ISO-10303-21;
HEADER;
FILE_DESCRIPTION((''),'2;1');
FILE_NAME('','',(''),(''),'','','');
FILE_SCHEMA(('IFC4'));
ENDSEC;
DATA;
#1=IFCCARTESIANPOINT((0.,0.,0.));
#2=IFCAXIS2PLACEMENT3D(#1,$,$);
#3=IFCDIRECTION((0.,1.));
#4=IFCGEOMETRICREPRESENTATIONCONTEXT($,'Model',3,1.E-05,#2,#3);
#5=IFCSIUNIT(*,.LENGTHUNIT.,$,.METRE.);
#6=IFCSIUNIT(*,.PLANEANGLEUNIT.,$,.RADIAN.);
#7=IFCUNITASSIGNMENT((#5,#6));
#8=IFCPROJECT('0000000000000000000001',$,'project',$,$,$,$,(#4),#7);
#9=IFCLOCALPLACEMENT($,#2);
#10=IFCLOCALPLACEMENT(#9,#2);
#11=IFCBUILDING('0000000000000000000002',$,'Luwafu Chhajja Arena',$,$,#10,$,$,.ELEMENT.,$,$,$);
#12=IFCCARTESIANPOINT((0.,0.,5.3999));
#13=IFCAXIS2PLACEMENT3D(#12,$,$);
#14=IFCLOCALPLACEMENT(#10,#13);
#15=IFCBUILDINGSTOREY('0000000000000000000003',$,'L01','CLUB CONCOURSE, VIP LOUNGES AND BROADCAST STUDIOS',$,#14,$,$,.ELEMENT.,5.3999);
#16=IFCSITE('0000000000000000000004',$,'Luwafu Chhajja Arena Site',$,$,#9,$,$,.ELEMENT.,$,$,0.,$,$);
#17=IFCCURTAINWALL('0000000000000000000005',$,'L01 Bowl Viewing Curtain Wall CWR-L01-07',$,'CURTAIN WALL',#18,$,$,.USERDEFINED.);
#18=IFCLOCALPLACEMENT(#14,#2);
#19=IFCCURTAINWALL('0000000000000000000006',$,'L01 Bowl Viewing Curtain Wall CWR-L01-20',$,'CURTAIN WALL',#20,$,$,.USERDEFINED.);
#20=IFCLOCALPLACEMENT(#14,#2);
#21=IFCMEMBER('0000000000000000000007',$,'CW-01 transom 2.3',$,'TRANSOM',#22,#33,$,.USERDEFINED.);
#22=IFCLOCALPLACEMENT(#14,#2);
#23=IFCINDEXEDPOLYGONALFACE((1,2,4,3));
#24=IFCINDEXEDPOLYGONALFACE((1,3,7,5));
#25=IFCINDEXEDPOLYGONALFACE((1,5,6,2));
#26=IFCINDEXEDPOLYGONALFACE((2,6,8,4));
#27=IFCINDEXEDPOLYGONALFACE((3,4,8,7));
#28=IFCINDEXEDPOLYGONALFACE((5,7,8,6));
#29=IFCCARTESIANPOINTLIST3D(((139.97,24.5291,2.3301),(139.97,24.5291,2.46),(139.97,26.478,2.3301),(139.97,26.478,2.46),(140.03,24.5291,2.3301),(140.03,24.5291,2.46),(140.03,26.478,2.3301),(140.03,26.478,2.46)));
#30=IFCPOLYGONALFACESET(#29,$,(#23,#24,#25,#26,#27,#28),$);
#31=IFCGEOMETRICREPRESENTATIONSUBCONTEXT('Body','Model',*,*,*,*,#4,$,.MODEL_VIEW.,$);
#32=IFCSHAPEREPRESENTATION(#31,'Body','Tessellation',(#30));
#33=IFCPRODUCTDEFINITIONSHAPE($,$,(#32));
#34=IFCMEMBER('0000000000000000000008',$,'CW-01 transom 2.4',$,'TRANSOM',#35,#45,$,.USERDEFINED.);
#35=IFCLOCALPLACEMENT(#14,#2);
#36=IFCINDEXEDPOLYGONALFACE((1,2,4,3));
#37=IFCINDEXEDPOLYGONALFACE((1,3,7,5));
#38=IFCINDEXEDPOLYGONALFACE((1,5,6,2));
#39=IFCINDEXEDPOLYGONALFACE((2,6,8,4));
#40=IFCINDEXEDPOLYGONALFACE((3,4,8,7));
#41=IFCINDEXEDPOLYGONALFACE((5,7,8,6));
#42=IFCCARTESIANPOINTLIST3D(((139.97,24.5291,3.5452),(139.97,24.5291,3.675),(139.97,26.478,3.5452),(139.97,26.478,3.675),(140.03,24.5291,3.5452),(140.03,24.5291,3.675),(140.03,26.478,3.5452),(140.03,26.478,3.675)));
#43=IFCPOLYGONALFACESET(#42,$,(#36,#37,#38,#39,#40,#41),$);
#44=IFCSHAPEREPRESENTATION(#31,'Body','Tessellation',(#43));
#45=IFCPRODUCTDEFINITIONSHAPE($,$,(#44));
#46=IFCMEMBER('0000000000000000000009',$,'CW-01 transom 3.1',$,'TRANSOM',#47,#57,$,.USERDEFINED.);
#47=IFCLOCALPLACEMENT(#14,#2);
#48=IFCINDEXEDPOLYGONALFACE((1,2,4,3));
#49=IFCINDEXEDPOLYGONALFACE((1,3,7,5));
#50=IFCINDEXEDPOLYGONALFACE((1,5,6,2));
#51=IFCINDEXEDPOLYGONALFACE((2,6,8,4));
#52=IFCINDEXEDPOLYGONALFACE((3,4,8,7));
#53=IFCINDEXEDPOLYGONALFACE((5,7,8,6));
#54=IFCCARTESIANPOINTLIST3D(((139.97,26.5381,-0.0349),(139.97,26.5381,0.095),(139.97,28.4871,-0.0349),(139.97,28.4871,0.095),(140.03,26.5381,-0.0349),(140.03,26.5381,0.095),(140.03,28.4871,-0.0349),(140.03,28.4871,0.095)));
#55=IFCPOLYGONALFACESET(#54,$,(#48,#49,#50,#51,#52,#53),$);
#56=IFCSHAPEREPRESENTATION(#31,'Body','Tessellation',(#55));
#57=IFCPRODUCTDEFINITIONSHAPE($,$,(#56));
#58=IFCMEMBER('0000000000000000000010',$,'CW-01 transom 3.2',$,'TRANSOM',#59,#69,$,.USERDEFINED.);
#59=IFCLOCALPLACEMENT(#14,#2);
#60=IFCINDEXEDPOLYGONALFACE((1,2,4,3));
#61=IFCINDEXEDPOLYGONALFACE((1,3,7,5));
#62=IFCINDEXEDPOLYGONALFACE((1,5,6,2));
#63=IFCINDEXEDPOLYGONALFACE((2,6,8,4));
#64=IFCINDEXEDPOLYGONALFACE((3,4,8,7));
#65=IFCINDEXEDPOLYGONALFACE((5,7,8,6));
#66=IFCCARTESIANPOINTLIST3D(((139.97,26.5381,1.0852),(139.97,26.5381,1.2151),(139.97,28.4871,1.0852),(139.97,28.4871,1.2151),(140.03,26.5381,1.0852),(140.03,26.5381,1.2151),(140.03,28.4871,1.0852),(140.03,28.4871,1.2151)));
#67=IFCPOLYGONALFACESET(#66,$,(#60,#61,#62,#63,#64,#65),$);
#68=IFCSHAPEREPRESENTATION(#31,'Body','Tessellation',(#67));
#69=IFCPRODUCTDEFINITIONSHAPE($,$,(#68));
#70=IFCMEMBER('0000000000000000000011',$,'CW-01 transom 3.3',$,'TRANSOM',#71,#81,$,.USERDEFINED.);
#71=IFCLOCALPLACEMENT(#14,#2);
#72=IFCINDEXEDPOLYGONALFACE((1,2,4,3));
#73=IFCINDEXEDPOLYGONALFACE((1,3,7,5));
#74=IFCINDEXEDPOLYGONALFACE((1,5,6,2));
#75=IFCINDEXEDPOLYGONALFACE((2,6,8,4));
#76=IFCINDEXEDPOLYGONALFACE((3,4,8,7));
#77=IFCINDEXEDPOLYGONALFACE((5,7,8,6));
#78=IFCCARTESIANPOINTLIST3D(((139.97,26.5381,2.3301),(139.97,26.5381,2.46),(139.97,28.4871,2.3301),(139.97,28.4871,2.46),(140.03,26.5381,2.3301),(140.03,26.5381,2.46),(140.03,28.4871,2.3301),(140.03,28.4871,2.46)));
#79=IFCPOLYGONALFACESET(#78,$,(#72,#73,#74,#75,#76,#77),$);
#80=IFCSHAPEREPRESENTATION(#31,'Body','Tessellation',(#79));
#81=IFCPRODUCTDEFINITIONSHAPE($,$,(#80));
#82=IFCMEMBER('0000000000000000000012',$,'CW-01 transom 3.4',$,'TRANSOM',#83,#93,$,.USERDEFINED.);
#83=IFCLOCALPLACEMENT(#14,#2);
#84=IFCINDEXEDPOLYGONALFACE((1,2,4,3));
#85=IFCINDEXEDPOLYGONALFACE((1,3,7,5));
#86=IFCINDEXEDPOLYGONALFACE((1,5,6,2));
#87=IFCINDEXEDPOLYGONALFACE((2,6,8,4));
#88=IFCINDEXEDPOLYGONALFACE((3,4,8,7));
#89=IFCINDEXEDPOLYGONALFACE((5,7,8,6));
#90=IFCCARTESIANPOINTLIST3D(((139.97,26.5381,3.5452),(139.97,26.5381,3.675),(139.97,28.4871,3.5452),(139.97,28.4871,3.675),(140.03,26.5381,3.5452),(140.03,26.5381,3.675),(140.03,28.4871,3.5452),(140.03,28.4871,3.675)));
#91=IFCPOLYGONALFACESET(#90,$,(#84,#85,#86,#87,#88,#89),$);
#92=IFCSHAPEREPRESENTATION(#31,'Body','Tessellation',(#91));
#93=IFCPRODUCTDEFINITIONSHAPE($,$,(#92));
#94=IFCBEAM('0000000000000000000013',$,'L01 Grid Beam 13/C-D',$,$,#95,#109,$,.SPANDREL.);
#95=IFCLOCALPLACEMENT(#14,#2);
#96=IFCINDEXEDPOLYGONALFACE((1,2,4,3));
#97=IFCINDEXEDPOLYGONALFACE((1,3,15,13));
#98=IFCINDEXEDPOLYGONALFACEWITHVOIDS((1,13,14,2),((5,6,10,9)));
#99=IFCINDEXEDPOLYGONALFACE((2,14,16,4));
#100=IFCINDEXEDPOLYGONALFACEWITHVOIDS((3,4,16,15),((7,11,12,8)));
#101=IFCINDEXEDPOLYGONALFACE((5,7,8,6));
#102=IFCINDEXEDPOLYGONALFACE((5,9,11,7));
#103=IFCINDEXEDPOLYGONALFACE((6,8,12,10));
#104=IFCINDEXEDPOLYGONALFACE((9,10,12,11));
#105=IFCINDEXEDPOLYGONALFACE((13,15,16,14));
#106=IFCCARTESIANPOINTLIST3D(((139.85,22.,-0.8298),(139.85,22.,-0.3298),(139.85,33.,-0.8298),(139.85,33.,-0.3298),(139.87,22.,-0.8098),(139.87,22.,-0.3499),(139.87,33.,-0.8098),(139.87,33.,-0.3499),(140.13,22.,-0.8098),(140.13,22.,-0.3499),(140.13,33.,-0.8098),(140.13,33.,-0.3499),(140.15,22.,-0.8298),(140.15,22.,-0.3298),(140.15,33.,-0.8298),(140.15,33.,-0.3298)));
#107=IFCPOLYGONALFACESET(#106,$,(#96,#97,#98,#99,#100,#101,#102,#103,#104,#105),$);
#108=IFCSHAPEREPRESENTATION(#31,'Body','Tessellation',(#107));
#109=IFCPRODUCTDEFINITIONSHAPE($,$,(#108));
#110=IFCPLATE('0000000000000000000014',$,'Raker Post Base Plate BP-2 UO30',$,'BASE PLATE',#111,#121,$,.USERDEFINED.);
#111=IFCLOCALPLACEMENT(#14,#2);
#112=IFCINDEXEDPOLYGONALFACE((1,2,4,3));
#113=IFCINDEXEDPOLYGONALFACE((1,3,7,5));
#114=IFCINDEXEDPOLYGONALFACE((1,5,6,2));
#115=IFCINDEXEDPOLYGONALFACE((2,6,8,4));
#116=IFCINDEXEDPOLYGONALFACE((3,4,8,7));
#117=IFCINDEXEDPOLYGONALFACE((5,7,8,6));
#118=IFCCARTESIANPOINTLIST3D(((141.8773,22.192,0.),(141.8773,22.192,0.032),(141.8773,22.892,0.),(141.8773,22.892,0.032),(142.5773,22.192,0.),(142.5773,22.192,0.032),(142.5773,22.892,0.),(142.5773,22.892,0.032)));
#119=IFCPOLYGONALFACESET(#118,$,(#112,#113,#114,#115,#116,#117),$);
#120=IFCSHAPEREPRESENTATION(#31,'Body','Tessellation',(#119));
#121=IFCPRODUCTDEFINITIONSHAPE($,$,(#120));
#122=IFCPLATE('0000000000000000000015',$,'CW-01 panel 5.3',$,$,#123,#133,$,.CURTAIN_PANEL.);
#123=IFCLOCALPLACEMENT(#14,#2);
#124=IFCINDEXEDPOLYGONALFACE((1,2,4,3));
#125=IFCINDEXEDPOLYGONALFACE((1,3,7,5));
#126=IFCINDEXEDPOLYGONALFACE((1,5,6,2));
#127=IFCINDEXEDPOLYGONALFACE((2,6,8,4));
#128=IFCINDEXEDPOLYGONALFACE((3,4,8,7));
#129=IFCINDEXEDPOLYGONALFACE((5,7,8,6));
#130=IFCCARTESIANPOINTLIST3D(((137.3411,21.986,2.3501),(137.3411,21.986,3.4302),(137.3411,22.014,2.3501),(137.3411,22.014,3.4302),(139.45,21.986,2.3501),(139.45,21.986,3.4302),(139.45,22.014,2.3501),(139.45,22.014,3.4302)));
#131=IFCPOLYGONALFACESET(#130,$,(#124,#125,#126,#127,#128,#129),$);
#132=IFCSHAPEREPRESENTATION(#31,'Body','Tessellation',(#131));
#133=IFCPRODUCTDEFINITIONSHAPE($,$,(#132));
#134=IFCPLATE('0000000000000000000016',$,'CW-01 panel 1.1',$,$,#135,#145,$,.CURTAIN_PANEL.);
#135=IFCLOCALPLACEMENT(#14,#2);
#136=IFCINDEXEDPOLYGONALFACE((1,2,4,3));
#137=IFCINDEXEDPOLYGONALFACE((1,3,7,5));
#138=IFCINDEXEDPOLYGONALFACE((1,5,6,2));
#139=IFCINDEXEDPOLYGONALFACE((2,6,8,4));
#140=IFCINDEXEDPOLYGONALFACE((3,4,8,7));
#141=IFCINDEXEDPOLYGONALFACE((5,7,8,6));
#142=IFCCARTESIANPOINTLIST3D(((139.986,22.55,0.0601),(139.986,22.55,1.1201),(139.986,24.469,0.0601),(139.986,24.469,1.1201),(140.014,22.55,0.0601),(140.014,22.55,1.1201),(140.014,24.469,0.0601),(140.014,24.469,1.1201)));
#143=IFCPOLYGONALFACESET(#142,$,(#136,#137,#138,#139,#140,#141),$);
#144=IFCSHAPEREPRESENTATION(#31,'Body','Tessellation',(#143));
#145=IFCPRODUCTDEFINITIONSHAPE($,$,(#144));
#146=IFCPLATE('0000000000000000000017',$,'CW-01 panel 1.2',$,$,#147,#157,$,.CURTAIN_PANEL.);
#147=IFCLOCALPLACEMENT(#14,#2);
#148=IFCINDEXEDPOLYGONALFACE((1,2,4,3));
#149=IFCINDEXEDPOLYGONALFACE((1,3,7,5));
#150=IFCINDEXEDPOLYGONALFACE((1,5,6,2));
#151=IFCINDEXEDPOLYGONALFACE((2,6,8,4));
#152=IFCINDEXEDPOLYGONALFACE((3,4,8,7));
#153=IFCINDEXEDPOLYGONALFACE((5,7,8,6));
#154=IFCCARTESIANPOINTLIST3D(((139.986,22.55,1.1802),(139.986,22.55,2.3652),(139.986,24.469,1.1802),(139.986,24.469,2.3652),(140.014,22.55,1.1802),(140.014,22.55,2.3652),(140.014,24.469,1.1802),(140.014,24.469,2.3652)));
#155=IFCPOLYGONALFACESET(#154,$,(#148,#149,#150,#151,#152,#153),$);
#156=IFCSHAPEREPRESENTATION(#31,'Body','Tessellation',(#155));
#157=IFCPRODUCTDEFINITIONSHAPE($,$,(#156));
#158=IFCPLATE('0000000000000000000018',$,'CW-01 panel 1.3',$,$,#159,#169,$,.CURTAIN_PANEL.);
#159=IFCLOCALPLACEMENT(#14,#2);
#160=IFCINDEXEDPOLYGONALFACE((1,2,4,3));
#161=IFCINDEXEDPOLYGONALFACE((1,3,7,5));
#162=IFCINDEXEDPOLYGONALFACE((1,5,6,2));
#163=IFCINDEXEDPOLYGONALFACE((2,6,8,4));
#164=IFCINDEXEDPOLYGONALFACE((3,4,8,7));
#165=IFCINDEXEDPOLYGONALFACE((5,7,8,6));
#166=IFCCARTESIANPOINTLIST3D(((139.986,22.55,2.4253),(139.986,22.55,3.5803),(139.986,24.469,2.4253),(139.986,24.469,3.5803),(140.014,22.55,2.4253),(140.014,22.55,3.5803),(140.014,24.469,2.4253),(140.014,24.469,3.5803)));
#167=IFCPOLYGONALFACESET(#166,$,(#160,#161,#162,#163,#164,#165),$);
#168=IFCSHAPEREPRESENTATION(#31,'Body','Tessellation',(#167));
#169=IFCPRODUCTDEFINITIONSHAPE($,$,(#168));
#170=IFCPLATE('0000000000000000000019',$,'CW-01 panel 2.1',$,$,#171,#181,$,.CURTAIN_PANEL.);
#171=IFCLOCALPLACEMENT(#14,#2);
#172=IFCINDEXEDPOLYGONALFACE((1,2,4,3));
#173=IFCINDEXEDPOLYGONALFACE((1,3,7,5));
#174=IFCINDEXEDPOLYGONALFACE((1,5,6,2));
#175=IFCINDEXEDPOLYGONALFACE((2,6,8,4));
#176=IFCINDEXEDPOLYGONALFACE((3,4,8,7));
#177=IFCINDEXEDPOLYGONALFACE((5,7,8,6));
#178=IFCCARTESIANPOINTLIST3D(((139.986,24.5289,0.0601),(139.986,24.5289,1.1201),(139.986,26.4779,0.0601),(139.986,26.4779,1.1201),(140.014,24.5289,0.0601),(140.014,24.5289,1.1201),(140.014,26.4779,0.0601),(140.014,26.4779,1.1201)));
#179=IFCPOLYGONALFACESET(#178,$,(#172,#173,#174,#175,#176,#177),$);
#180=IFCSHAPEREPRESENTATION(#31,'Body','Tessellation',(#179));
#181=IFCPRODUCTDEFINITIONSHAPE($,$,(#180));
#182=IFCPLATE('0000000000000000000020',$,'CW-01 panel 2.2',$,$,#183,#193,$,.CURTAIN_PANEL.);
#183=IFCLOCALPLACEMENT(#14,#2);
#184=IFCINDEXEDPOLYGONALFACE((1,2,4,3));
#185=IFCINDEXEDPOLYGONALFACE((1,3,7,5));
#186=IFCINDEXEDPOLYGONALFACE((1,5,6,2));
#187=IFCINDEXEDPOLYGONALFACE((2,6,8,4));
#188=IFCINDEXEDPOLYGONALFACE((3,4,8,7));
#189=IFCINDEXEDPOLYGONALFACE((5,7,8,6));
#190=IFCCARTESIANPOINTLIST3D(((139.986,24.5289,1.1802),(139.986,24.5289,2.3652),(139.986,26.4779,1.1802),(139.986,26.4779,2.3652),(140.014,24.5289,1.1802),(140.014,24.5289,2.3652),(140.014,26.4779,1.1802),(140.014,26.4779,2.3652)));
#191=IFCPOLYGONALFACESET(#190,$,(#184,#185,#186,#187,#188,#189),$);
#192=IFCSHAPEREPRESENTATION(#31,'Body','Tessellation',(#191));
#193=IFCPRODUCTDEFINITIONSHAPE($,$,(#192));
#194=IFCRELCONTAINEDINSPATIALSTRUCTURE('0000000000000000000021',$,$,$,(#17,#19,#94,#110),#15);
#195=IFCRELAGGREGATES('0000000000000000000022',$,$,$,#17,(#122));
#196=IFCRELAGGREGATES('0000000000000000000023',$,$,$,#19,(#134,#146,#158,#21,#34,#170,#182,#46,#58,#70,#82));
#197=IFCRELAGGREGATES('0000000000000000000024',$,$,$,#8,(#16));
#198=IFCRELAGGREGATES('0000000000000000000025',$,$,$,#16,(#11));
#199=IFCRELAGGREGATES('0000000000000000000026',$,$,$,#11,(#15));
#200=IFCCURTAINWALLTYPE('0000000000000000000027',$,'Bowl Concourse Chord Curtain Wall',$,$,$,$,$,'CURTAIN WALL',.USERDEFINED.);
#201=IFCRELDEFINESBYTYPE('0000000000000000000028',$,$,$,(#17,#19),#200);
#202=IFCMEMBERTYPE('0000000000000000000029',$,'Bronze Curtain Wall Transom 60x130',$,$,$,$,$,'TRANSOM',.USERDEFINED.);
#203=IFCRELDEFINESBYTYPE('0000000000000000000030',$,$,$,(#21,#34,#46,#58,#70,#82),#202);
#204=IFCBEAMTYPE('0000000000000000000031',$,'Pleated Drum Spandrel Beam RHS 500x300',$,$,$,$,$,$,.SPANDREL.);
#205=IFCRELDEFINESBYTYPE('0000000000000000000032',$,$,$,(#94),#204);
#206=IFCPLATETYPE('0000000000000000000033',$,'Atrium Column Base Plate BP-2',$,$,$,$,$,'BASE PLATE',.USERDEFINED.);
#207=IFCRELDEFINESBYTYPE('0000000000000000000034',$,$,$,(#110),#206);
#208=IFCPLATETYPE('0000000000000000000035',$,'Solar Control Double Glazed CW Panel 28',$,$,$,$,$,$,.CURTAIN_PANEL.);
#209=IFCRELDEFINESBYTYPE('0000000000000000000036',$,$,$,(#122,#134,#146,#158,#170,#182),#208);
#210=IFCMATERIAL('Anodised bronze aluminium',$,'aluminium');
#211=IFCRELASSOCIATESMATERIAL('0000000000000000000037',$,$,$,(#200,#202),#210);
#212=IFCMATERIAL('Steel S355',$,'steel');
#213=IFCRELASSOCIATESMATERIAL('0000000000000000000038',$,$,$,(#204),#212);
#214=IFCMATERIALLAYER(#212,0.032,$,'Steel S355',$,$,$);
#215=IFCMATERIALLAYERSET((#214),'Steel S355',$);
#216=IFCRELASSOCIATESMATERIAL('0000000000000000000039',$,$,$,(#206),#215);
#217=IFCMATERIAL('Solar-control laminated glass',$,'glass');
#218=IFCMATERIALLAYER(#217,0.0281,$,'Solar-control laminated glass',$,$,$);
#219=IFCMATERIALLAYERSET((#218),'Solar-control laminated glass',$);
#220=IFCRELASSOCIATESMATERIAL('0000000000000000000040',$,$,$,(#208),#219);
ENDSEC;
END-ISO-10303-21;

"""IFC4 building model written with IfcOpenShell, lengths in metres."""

from ifc_helpers import new_model, si_unit, direction, frame, origin, origin_2d, place, context, subcontext, project, spatial, rectangle, hollow_rectangle, extrude, material, layer, layer_set, material_profile, profile_set, type_object, element, aggregate, save


model = new_model("IFC4")

# Units and contexts
model_context = context("Model", 3, precision=1e-05, world=origin(), true_north=direction((0.0, 1.0)))
body_context = subcontext(model_context, "Body", "Model", "MODEL_VIEW")
ifc_project = project(units=[si_unit("LENGTHUNIT", "METRE"), si_unit("PLANEANGLEUNIT", "RADIAN")], contexts=[model_context])

# Site, building, storey
site_placement = place(None, origin())
site = spatial("IfcSite", under=ifc_project, at=site_placement, Name="Luwafu Chhajja Arena Site", CompositionType="ELEMENT", RefElevation=0.0)
building_placement = place(site_placement, origin())
building = spatial("IfcBuilding", under=site, at=building_placement, Name="Luwafu Chhajja Arena", CompositionType="ELEMENT")
storey_placement = place(building_placement, frame((0.0, 0.0, 5.3999)))
storey = spatial("IfcBuildingStorey", under=building, at=storey_placement, Name="L01", Description="CLUB CONCOURSE, VIP LOUNGES AND BROADCAST STUDIOS", CompositionType="ELEMENT", Elevation=5.3999)

# Shared definitions
ifc_material_1 = material(Name="Steel S355", Category="steel")

# Curtain wall
ifc_material_2 = material(Name="Anodised bronze aluminium", Category="aluminium")
curtain_wall_type = type_object("IfcCurtainWallType", Name="Bowl Concourse Chord Curtain Wall", ElementType="CURTAIN WALL", PredefinedType="USERDEFINED", material=ifc_material_2)
curtain_wall_1_placement = place(storey_placement, origin())
curtain_wall_1 = element("IfcCurtainWall", 1, at=curtain_wall_1_placement, inside=storey, type_object=curtain_wall_type, Name="L01 Bowl Viewing Curtain Wall CWR-L01-07", ObjectType="CURTAIN WALL", PredefinedType="USERDEFINED")

# Curtain wall, members
curtain_wall_2_placement = place(storey_placement, origin())
curtain_wall_2 = element("IfcCurtainWall", 2, at=curtain_wall_2_placement, inside=storey, type_object=curtain_wall_type, Name="L01 Bowl Viewing Curtain Wall CWR-L01-20", ObjectType="CURTAIN WALL", PredefinedType="USERDEFINED")
ifc_material_profile_1 = material_profile(ifc_material_2, rectangle(XDim=0.0601, YDim=0.1299, at=origin_2d()), Name="CWT 60x130")
ifc_profile_set_1 = profile_set([ifc_material_profile_1], Name="Anodised bronze aluminium")
member_type_1 = type_object("IfcMemberType", Name="Bronze Curtain Wall Transom 60x130", ElementType="TRANSOM", PredefinedType="USERDEFINED", material=ifc_profile_set_1)
member_1_placement = place(storey_placement, frame((140.0, 24.5291, 2.395), z_axis=(0.0, 1.0, 0.0), x_axis=(-1.0, 0.0, 0.0)))
member_1 = element("IfcMember", 3, at=member_1_placement, type_object=member_type_1, Name="CW-01 transom 2.3", ObjectType="TRANSOM", PredefinedType="USERDEFINED", context=body_context, shape_type="SweptSolid", body=[
    extrude(rectangle(XDim=0.0601, YDim=0.1299, at=origin_2d()), origin(), (0.0, 0.0, 1.0), 1.949),
])
member_2_placement = place(storey_placement, frame((140.0, 24.5291, 3.6101), z_axis=(0.0, 1.0, 0.0), x_axis=(-1.0, 0.0, 0.0)))
member_2 = element("IfcMember", 4, at=member_2_placement, type_object=member_type_1, Name="CW-01 transom 2.4", ObjectType="TRANSOM", PredefinedType="USERDEFINED", context=body_context, shape_type="SweptSolid", body=[
    extrude(rectangle(XDim=0.0601, YDim=0.1299, at=origin_2d()), origin(), (0.0, 0.0, 1.0), 1.949),
])
member_3_placement = place(storey_placement, frame((140.0, 26.5381, 0.03), z_axis=(0.0, 1.0, 0.0), x_axis=(-1.0, 0.0, 0.0)))
member_3 = element("IfcMember", 5, at=member_3_placement, type_object=member_type_1, Name="CW-01 transom 3.1", ObjectType="TRANSOM", PredefinedType="USERDEFINED", context=body_context, shape_type="SweptSolid", body=[
    extrude(rectangle(XDim=0.0601, YDim=0.1299, at=origin_2d()), origin(), (0.0, 0.0, 1.0), 1.949),
])
member_4_placement = place(storey_placement, frame((140.0, 26.5381, 1.1501), z_axis=(0.0, 1.0, 0.0), x_axis=(-1.0, 0.0, 0.0)))
member_4 = element("IfcMember", 6, at=member_4_placement, type_object=member_type_1, Name="CW-01 transom 3.2", ObjectType="TRANSOM", PredefinedType="USERDEFINED", context=body_context, shape_type="SweptSolid", body=[
    extrude(rectangle(XDim=0.0601, YDim=0.1299, at=origin_2d()), origin(), (0.0, 0.0, 1.0), 1.949),
])
member_5_placement = place(storey_placement, frame((140.0, 26.5381, 2.395), z_axis=(0.0, 1.0, 0.0), x_axis=(-1.0, 0.0, 0.0)))
member_5 = element("IfcMember", 7, at=member_5_placement, type_object=member_type_1, Name="CW-01 transom 3.3", ObjectType="TRANSOM", PredefinedType="USERDEFINED", context=body_context, shape_type="SweptSolid", body=[
    extrude(rectangle(XDim=0.0601, YDim=0.1299, at=origin_2d()), origin(), (0.0, 0.0, 1.0), 1.949),
])
member_6_placement = place(storey_placement, frame((140.0, 26.5381, 3.6101), z_axis=(0.0, 1.0, 0.0), x_axis=(-1.0, 0.0, 0.0)))
member_6 = element("IfcMember", 8, at=member_6_placement, type_object=member_type_1, Name="CW-01 transom 3.4", ObjectType="TRANSOM", PredefinedType="USERDEFINED", context=body_context, shape_type="SweptSolid", body=[
    extrude(rectangle(XDim=0.0601, YDim=0.1299, at=origin_2d()), origin(), (0.0, 0.0, 1.0), 1.949),
])

# Beam
ifc_material_profile_2 = material_profile(ifc_material_1, hollow_rectangle(XDim=0.3, YDim=0.5, WallThickness=0.02, at=origin_2d()), Name="RHS 500x300x20")
ifc_profile_set_2 = profile_set([ifc_material_profile_2], Name="Steel S355")
beam_type_1 = type_object("IfcBeamType", Name="Pleated Drum Spandrel Beam RHS 500x300", PredefinedType="SPANDREL", material=ifc_profile_set_2)
beam_1_placement = place(storey_placement, frame((140.0, 22.0, -0.5798), z_axis=(0.0, 1.0, 0.0), x_axis=(-1.0, 0.0, 0.0)))
element("IfcBeam", 9, at=beam_1_placement, inside=storey, type_object=beam_type_1, Name="L01 Grid Beam 13/C-D", PredefinedType="SPANDREL", context=body_context, shape_type="SweptSolid", body=[
    extrude(hollow_rectangle(XDim=0.3, YDim=0.5, WallThickness=0.02, at=origin_2d()), origin(), (0.0, 0.0, 1.0), 11.0),
])

# Plates
ifc_layer_1 = layer(ifc_material_1, 0.032, Name="Steel S355")
ifc_layer_set_1 = layer_set([ifc_layer_1], Name="Steel S355")
plate_type_1 = type_object("IfcPlateType", Name="Atrium Column Base Plate BP-2", ElementType="BASE PLATE", PredefinedType="USERDEFINED", material=ifc_layer_set_1)
plate_1_placement = place(storey_placement, frame((142.2273, 22.542, 0.0), z_axis=(0.0, 0.0, 1.0), x_axis=(1.0, 0.0, 0.0)))
element("IfcPlate", 10, at=plate_1_placement, inside=storey, type_object=plate_type_1, Name="Raker Post Base Plate BP-2 UO30", ObjectType="BASE PLATE", PredefinedType="USERDEFINED", context=body_context, shape_type="SweptSolid", body=[
    extrude(rectangle(XDim=0.7, YDim=0.7, at=origin_2d()), origin(), (0.0, 0.0, 1.0), 0.032),
])
ifc_material_3 = material(Name="Solar-control laminated glass", Category="glass")
ifc_layer_2 = layer(ifc_material_3, 0.0281, Name="Solar-control laminated glass")
ifc_layer_set_2 = layer_set([ifc_layer_2], Name="Solar-control laminated glass")
plate_type_2 = type_object("IfcPlateType", Name="Solar Control Double Glazed CW Panel 28", PredefinedType="CURTAIN_PANEL", material=ifc_layer_set_2)
plate_2_placement = place(storey_placement, frame((138.3955, 22.0, 2.3501), z_axis=(0.0, 0.0, 1.0), x_axis=(1.0, 0.0, 0.0)))
plate_2 = element("IfcPlate", 11, at=plate_2_placement, type_object=plate_type_2, Name="CW-01 panel 5.3", PredefinedType="CURTAIN_PANEL", context=body_context, shape_type="SweptSolid", body=[
    extrude(rectangle(XDim=2.1089, YDim=0.0281, at=origin_2d()), origin(), (0.0, 0.0, 1.0), 1.0801),
])
aggregate(curtain_wall_1, [plate_2])
plate_3_placement = place(storey_placement, frame((140.0, 23.5095, 0.0601), z_axis=(0.0, 0.0, 1.0), x_axis=(0.0, 1.0, 0.0)))
plate_3 = element("IfcPlate", 12, at=plate_3_placement, type_object=plate_type_2, Name="CW-01 panel 1.1", PredefinedType="CURTAIN_PANEL", context=body_context, shape_type="SweptSolid", body=[
    extrude(rectangle(XDim=1.9189, YDim=0.0281, at=origin_2d()), origin(), (0.0, 0.0, 1.0), 1.0601),
])
plate_4_placement = place(storey_placement, frame((140.0, 23.5095, 1.1802), z_axis=(0.0, 0.0, 1.0), x_axis=(0.0, 1.0, 0.0)))
plate_4 = element("IfcPlate", 13, at=plate_4_placement, type_object=plate_type_2, Name="CW-01 panel 1.2", PredefinedType="CURTAIN_PANEL", context=body_context, shape_type="SweptSolid", body=[
    extrude(rectangle(XDim=1.9189, YDim=0.0281, at=origin_2d()), origin(), (0.0, 0.0, 1.0), 1.1851),
])
plate_5_placement = place(storey_placement, frame((140.0, 23.5095, 2.4253), z_axis=(0.0, 0.0, 1.0), x_axis=(0.0, 1.0, 0.0)))
plate_5 = element("IfcPlate", 14, at=plate_5_placement, type_object=plate_type_2, Name="CW-01 panel 1.3", PredefinedType="CURTAIN_PANEL", context=body_context, shape_type="SweptSolid", body=[
    extrude(rectangle(XDim=1.9189, YDim=0.0281, at=origin_2d()), origin(), (0.0, 0.0, 1.0), 1.155),
])
plate_6_placement = place(storey_placement, frame((140.0, 25.5034, 0.0601), z_axis=(0.0, 0.0, 1.0), x_axis=(0.0, 1.0, 0.0)))
plate_6 = element("IfcPlate", 15, at=plate_6_placement, type_object=plate_type_2, Name="CW-01 panel 2.1", PredefinedType="CURTAIN_PANEL", context=body_context, shape_type="SweptSolid", body=[
    extrude(rectangle(XDim=1.949, YDim=0.0281, at=origin_2d()), origin(), (0.0, 0.0, 1.0), 1.0601),
])
plate_7_placement = place(storey_placement, frame((140.0, 25.5034, 1.1802), z_axis=(0.0, 0.0, 1.0), x_axis=(0.0, 1.0, 0.0)))
plate_7 = element("IfcPlate", 16, at=plate_7_placement, type_object=plate_type_2, Name="CW-01 panel 2.2", PredefinedType="CURTAIN_PANEL", context=body_context, shape_type="SweptSolid", body=[
    extrude(rectangle(XDim=1.949, YDim=0.0281, at=origin_2d()), origin(), (0.0, 0.0, 1.0), 1.1851),
])
aggregate(curtain_wall_2, [plate_3, plate_4, plate_5, member_1, member_2, plate_6, plate_7, member_3, member_4, member_5, member_6])

save(model, "model.ifc")
